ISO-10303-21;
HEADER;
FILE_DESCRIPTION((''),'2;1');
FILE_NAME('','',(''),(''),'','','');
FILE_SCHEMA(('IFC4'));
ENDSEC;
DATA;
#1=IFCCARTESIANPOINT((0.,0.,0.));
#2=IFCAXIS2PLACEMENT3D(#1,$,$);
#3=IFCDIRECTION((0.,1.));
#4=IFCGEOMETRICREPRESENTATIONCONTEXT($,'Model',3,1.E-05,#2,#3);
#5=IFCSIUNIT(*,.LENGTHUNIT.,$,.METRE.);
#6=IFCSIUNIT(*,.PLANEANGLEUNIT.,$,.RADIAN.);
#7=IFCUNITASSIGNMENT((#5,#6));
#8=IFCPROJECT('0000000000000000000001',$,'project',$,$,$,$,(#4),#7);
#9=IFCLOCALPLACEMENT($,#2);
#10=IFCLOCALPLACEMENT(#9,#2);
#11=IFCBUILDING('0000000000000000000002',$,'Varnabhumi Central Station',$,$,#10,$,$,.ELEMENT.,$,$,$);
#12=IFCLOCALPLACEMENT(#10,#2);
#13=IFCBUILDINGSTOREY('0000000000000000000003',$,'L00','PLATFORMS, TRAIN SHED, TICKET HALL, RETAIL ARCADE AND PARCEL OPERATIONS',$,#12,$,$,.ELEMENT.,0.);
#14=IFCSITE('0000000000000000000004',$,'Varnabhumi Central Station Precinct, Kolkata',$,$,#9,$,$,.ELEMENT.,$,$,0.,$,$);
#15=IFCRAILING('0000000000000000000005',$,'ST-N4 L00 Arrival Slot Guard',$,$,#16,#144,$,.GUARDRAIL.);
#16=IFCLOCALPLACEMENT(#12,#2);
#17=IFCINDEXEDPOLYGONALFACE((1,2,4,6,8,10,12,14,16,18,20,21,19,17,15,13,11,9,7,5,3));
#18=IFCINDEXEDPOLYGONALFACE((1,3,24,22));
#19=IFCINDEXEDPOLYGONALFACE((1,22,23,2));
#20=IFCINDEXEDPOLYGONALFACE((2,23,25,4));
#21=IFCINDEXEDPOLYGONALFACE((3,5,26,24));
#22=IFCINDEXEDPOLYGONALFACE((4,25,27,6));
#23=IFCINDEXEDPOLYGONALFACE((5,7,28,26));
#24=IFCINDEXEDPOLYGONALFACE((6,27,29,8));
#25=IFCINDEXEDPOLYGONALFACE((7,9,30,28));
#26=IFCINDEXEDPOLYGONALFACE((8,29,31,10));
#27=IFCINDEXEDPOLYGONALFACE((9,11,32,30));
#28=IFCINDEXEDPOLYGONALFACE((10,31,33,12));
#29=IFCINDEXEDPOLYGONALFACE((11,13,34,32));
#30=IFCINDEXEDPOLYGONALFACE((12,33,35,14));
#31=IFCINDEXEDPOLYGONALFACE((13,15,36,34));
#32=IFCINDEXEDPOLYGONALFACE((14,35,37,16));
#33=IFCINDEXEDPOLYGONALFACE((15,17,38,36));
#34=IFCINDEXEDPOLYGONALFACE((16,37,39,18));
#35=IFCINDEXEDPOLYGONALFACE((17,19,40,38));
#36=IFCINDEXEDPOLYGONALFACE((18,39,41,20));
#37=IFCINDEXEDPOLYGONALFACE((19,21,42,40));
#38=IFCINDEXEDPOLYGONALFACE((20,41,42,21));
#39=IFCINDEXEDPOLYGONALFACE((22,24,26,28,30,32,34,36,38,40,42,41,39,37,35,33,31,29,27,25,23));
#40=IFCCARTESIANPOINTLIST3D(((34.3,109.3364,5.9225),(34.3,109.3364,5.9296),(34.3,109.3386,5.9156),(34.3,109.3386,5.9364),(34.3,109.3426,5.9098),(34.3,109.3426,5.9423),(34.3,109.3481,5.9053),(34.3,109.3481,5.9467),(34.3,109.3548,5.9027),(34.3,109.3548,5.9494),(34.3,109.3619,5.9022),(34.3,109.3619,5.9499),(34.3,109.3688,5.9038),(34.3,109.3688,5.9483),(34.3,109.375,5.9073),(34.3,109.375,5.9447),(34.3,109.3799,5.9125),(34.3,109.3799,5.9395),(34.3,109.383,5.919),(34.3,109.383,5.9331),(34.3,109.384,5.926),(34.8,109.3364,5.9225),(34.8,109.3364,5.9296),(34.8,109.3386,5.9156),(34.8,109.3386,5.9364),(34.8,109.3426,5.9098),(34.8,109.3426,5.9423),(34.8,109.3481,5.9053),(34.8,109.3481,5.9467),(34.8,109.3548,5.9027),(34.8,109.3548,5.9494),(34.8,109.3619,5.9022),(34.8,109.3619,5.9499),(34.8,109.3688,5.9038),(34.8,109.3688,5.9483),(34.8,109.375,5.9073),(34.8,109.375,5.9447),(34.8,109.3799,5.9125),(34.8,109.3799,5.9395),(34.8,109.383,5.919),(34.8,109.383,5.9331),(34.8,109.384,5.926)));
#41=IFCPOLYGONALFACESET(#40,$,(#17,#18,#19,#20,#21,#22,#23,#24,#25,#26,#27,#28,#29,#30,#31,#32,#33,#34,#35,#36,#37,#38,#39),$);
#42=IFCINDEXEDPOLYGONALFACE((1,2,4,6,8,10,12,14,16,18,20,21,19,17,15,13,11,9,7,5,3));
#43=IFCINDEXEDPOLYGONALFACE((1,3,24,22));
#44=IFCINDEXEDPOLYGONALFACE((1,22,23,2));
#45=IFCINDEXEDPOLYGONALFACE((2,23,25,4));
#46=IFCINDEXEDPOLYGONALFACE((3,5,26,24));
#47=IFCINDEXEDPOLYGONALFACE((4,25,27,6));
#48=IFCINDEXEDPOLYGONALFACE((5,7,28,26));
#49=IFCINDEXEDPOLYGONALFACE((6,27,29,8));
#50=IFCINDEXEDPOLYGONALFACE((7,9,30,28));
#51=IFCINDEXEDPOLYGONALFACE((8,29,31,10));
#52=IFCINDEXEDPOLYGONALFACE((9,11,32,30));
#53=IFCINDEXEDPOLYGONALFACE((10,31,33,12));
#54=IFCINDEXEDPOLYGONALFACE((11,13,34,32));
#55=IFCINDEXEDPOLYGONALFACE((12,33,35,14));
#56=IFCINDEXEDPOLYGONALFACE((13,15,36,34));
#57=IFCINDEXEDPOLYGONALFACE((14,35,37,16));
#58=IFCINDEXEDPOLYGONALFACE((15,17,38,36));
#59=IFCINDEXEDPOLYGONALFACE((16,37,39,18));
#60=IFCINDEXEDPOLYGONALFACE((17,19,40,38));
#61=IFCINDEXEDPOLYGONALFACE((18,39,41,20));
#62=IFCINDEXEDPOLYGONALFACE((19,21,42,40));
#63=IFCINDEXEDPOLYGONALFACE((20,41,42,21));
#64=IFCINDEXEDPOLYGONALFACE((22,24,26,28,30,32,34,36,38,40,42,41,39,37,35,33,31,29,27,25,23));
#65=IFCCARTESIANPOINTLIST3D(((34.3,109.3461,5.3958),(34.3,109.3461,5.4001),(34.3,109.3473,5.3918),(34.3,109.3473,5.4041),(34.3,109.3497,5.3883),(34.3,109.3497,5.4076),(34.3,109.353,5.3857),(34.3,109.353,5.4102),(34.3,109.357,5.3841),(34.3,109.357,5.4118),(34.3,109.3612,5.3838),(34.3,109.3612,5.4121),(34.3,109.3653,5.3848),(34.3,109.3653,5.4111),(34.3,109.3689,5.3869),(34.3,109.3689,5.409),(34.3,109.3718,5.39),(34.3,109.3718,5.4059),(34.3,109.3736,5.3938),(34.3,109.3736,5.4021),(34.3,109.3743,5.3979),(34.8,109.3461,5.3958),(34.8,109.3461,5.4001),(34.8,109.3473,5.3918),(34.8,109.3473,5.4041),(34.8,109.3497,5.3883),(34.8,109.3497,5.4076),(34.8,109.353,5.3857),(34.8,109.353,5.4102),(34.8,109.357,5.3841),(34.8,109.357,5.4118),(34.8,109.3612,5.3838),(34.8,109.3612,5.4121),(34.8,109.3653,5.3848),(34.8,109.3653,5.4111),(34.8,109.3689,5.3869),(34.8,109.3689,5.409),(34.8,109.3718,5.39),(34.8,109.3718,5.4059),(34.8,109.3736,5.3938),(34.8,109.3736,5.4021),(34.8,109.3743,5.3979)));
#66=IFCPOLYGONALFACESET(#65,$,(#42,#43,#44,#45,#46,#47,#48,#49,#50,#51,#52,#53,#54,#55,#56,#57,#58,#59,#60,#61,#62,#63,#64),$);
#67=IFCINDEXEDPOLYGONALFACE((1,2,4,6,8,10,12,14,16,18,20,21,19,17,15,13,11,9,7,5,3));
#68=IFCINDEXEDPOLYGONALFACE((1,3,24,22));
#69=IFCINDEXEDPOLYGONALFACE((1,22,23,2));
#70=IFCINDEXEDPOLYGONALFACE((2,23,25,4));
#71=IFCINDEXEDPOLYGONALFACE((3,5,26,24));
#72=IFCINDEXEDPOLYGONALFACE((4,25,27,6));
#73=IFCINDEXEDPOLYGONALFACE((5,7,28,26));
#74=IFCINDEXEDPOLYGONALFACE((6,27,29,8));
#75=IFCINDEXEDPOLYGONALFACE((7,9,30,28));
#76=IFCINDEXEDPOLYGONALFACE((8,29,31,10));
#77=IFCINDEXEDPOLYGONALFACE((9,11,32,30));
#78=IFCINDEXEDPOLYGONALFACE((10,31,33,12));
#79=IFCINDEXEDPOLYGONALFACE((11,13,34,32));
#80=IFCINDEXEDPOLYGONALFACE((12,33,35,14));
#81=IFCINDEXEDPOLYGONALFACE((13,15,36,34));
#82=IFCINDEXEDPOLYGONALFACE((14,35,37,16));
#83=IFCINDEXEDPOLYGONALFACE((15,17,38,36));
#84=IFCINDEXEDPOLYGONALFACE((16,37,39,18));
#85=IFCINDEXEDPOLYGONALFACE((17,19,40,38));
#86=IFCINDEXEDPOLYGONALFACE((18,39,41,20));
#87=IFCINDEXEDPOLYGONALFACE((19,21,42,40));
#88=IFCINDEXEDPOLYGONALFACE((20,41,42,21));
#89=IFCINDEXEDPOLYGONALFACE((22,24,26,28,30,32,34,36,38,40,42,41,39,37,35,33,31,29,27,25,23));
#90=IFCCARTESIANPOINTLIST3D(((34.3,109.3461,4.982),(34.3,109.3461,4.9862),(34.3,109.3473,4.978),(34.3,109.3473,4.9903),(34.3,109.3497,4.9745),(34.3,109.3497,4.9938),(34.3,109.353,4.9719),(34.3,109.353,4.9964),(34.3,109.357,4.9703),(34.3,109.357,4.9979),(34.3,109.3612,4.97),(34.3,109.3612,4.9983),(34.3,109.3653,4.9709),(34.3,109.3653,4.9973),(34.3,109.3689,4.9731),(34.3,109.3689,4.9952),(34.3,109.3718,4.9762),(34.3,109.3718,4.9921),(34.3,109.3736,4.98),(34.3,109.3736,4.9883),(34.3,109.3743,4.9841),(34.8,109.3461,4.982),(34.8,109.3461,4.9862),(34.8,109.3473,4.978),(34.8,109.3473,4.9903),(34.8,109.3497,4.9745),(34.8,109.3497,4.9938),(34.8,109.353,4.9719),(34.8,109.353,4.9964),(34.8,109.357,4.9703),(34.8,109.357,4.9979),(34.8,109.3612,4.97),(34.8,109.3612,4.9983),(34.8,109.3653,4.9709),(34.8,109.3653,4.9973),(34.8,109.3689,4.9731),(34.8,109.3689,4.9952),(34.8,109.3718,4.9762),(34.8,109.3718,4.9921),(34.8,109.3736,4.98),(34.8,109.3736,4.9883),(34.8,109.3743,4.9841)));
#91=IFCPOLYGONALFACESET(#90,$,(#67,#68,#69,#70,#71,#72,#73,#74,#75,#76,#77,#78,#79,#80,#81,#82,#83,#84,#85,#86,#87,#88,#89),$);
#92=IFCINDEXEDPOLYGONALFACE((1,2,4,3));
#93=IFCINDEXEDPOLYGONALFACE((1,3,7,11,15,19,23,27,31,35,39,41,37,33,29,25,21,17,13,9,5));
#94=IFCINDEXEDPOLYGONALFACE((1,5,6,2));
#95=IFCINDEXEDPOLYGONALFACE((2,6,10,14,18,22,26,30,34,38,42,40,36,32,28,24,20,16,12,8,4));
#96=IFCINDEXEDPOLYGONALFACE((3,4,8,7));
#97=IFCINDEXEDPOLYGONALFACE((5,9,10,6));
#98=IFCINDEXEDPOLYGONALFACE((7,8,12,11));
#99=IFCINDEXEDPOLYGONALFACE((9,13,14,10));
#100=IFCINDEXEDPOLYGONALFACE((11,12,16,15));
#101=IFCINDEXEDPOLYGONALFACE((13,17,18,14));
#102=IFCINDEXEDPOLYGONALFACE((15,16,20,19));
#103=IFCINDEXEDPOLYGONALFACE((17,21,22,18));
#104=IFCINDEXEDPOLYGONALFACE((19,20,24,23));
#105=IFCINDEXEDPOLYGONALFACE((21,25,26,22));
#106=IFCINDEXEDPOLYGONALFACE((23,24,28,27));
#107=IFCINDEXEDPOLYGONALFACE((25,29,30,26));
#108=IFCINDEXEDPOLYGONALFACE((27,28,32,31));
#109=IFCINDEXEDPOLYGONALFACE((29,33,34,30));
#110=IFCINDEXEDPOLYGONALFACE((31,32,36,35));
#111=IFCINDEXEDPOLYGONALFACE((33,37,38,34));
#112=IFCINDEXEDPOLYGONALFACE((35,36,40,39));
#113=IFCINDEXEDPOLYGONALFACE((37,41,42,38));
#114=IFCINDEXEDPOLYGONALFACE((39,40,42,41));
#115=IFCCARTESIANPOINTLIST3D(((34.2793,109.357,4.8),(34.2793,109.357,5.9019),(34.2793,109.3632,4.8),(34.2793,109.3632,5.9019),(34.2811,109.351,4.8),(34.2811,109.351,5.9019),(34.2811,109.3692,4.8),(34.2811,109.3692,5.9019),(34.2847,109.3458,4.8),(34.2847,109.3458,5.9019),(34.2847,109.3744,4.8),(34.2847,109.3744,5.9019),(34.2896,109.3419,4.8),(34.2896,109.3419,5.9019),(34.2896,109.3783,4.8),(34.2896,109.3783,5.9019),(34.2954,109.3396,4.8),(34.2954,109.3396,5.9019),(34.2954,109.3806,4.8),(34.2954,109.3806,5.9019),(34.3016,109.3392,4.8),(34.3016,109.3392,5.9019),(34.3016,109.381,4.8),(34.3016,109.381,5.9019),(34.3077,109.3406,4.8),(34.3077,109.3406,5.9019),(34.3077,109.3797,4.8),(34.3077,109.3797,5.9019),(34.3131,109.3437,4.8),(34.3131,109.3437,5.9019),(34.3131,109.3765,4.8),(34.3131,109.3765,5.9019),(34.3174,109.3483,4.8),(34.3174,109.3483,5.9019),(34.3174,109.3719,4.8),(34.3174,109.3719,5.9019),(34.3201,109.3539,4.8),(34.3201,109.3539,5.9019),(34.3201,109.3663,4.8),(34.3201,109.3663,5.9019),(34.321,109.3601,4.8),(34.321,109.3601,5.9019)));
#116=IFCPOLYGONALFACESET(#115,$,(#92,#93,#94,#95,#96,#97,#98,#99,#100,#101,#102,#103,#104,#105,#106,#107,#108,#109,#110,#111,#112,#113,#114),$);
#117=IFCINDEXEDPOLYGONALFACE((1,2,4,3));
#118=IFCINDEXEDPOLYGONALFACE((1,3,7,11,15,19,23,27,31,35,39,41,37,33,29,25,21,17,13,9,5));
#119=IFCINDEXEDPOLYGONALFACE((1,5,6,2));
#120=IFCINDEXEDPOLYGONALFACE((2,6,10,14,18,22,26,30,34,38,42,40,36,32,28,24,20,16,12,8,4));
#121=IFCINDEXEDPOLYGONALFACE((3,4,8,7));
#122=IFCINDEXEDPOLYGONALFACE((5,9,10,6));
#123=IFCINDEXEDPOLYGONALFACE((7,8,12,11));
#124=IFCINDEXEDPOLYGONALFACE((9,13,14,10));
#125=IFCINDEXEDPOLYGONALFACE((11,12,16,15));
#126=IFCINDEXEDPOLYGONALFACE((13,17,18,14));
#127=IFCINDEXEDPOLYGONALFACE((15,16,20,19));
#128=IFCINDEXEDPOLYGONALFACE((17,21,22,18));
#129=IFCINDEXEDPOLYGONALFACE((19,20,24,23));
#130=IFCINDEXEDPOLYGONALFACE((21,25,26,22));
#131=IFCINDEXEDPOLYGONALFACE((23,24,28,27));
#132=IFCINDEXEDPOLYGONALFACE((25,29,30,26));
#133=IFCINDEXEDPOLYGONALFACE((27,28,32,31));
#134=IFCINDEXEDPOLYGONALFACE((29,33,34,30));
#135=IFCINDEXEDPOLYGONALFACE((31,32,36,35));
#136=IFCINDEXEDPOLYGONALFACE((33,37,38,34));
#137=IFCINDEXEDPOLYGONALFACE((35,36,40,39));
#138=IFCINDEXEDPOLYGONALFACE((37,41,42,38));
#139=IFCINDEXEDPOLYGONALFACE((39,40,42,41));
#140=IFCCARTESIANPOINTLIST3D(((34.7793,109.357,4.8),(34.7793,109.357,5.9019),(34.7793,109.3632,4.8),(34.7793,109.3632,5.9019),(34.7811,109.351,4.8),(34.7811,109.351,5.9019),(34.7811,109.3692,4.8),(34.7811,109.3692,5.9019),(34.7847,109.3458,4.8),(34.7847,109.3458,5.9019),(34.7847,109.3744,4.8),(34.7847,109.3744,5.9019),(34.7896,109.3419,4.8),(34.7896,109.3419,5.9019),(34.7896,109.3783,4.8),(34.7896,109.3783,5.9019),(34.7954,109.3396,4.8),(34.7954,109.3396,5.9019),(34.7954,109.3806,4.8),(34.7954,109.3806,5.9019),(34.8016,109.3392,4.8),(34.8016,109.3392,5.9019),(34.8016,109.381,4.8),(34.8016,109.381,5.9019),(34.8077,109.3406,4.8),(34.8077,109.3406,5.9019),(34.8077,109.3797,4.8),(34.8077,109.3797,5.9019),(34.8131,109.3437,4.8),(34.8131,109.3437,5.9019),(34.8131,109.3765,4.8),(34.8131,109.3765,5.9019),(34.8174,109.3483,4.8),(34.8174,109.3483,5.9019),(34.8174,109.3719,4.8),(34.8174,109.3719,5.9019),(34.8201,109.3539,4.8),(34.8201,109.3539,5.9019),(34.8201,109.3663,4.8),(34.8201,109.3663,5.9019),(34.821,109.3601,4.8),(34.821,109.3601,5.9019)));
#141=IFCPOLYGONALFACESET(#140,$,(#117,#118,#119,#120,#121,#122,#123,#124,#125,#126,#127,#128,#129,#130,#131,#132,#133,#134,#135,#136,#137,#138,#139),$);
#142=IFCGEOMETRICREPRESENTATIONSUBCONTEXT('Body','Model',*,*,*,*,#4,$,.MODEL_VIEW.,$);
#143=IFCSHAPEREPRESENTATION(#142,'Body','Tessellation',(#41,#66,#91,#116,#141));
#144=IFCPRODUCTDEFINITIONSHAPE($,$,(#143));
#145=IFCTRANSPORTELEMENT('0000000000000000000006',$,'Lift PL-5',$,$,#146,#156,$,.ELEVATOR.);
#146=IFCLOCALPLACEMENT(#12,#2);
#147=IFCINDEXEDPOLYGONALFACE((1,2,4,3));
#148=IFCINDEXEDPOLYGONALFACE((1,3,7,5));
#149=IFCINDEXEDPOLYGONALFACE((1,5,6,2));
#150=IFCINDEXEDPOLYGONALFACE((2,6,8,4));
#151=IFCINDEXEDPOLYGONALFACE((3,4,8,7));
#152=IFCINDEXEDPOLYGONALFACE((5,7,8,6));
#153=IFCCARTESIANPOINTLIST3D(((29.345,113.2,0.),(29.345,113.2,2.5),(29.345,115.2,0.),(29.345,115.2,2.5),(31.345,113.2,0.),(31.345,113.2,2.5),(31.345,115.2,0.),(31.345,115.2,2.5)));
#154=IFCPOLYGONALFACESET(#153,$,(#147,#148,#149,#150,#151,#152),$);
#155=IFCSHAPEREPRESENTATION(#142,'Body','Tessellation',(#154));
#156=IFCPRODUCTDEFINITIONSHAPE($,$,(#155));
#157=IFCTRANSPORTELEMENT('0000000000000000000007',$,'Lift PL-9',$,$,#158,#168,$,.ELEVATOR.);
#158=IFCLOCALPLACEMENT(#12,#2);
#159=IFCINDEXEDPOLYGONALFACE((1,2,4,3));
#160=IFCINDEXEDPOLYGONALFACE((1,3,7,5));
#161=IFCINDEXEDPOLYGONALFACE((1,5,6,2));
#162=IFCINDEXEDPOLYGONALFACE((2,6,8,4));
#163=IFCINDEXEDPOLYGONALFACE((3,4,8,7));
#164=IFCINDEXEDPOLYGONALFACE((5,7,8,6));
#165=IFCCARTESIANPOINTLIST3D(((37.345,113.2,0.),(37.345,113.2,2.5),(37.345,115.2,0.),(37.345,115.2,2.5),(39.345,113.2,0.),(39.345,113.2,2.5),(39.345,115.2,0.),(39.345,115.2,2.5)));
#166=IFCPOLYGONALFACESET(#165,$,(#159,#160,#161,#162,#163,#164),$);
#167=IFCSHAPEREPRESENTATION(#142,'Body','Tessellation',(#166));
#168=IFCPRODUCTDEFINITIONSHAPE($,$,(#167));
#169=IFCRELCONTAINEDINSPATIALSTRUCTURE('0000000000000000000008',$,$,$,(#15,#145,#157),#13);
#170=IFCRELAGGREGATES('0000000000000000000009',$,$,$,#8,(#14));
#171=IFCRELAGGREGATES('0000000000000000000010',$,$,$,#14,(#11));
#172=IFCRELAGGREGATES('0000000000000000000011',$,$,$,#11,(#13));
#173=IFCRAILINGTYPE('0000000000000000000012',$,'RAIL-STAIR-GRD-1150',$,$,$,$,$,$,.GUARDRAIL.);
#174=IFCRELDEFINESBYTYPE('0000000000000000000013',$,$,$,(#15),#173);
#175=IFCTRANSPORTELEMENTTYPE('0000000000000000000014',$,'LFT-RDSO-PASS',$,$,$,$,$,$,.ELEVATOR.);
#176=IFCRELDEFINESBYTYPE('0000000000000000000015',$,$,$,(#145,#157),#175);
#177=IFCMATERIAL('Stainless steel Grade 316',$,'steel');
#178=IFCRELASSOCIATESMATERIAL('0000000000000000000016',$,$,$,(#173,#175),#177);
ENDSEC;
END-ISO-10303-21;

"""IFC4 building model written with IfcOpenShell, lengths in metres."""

from ifc_helpers import new_model, si_unit, direction, frame, origin, origin_2d, place, context, subcontext, project, spatial, rectangle, circle, extrude, material, type_object, element, save


model = new_model("IFC4")

# Units and contexts
model_context = context("Model", 3, precision=1e-05, world=origin(), true_north=direction((0.0, 1.0)))
body_context = subcontext(model_context, "Body", "Model", "MODEL_VIEW")
ifc_project = project(units=[si_unit("LENGTHUNIT", "METRE"), si_unit("PLANEANGLEUNIT", "RADIAN")], contexts=[model_context])

# Site, building, storey
site_placement = place(None, origin())
site = spatial("IfcSite", under=ifc_project, at=site_placement, Name="Varnabhumi Central Station Precinct, Kolkata", CompositionType="ELEMENT", RefElevation=0.0)
building_placement = place(site_placement, origin())
building = spatial("IfcBuilding", under=site, at=building_placement, Name="Varnabhumi Central Station", CompositionType="ELEMENT")
storey_placement = place(building_placement, origin())
storey = spatial("IfcBuildingStorey", under=building, at=storey_placement, Name="L00", Description="PLATFORMS, TRAIN SHED, TICKET HALL, RETAIL ARCADE AND PARCEL OPERATIONS", CompositionType="ELEMENT", Elevation=0.0)

# Shared definitions
ifc_material_1 = material(Name="Stainless steel Grade 316", Category="steel")

# Railing
railing_type_1 = type_object("IfcRailingType", Name="RAIL-STAIR-GRD-1150", PredefinedType="GUARDRAIL", material=ifc_material_1)
for number, where, name in (
    (1, (34.3, 109.3601, 4.8), "ST-N4 L00 Arrival Slot Guard"),
):
    element("IfcRailing", number, at=place(storey_placement, frame(where)), inside=storey, type_object=railing_type_1, Name=name, PredefinedType="GUARDRAIL", context=body_context, shape_type="SweptSolid", body=[
        extrude(circle(Radius=0.0239, at=origin_2d()), frame((0.0, 0.0, 1.126), z_axis=(1.0, 0.0, 0.0), x_axis=(0.0, 1.0, 0.0)), (0.0, 0.0, 1.0), 0.5),
        extrude(circle(Radius=0.0142, at=origin_2d()), frame((0.0, 0.0, 0.5979), z_axis=(1.0, 0.0, 0.0), x_axis=(0.0, 1.0, 0.0)), (0.0, 0.0, 1.0), 0.5),
        extrude(circle(Radius=0.0142, at=origin_2d()), frame((0.0, 0.0, 0.1841), z_axis=(1.0, 0.0, 0.0), x_axis=(0.0, 1.0, 0.0)), (0.0, 0.0, 1.0), 0.5),
        extrude(circle(Radius=0.021, at=origin_2d()), origin(), (0.0, 0.0, 1.0), 1.1018),
        extrude(circle(Radius=0.021, at=origin_2d()), frame((0.5, 0.0, 0.0)), (0.0, 0.0, 1.0), 1.1018),
    ])

# Transport elements
transport_element_type = type_object("IfcTransportElementType", Name="LFT-RDSO-PASS", PredefinedType="ELEVATOR", material=ifc_material_1)
for number, where, z_axis, x_axis, name in (
    (2, (30.345, 114.2, 0.0), (0.0, 0.0, 1.0), (1.0, 0.0, 0.0), "Lift PL-5"),
    (3, (38.345, 114.2, 0.0), (0.0, 0.0, 1.0), (1.0, 0.0, 0.0), "Lift PL-9"),
):
    element("IfcTransportElement", number, at=place(storey_placement, frame(where, z_axis=z_axis, x_axis=x_axis)), inside=storey, type_object=transport_element_type, Name=name, PredefinedType="ELEVATOR", context=body_context, shape_type="SweptSolid", body=[
        extrude(rectangle(XDim=2.0, YDim=2.0, at=origin_2d()), origin(), (0.0, 0.0, 1.0), 2.5),
    ])

save(model, "model.ifc")
